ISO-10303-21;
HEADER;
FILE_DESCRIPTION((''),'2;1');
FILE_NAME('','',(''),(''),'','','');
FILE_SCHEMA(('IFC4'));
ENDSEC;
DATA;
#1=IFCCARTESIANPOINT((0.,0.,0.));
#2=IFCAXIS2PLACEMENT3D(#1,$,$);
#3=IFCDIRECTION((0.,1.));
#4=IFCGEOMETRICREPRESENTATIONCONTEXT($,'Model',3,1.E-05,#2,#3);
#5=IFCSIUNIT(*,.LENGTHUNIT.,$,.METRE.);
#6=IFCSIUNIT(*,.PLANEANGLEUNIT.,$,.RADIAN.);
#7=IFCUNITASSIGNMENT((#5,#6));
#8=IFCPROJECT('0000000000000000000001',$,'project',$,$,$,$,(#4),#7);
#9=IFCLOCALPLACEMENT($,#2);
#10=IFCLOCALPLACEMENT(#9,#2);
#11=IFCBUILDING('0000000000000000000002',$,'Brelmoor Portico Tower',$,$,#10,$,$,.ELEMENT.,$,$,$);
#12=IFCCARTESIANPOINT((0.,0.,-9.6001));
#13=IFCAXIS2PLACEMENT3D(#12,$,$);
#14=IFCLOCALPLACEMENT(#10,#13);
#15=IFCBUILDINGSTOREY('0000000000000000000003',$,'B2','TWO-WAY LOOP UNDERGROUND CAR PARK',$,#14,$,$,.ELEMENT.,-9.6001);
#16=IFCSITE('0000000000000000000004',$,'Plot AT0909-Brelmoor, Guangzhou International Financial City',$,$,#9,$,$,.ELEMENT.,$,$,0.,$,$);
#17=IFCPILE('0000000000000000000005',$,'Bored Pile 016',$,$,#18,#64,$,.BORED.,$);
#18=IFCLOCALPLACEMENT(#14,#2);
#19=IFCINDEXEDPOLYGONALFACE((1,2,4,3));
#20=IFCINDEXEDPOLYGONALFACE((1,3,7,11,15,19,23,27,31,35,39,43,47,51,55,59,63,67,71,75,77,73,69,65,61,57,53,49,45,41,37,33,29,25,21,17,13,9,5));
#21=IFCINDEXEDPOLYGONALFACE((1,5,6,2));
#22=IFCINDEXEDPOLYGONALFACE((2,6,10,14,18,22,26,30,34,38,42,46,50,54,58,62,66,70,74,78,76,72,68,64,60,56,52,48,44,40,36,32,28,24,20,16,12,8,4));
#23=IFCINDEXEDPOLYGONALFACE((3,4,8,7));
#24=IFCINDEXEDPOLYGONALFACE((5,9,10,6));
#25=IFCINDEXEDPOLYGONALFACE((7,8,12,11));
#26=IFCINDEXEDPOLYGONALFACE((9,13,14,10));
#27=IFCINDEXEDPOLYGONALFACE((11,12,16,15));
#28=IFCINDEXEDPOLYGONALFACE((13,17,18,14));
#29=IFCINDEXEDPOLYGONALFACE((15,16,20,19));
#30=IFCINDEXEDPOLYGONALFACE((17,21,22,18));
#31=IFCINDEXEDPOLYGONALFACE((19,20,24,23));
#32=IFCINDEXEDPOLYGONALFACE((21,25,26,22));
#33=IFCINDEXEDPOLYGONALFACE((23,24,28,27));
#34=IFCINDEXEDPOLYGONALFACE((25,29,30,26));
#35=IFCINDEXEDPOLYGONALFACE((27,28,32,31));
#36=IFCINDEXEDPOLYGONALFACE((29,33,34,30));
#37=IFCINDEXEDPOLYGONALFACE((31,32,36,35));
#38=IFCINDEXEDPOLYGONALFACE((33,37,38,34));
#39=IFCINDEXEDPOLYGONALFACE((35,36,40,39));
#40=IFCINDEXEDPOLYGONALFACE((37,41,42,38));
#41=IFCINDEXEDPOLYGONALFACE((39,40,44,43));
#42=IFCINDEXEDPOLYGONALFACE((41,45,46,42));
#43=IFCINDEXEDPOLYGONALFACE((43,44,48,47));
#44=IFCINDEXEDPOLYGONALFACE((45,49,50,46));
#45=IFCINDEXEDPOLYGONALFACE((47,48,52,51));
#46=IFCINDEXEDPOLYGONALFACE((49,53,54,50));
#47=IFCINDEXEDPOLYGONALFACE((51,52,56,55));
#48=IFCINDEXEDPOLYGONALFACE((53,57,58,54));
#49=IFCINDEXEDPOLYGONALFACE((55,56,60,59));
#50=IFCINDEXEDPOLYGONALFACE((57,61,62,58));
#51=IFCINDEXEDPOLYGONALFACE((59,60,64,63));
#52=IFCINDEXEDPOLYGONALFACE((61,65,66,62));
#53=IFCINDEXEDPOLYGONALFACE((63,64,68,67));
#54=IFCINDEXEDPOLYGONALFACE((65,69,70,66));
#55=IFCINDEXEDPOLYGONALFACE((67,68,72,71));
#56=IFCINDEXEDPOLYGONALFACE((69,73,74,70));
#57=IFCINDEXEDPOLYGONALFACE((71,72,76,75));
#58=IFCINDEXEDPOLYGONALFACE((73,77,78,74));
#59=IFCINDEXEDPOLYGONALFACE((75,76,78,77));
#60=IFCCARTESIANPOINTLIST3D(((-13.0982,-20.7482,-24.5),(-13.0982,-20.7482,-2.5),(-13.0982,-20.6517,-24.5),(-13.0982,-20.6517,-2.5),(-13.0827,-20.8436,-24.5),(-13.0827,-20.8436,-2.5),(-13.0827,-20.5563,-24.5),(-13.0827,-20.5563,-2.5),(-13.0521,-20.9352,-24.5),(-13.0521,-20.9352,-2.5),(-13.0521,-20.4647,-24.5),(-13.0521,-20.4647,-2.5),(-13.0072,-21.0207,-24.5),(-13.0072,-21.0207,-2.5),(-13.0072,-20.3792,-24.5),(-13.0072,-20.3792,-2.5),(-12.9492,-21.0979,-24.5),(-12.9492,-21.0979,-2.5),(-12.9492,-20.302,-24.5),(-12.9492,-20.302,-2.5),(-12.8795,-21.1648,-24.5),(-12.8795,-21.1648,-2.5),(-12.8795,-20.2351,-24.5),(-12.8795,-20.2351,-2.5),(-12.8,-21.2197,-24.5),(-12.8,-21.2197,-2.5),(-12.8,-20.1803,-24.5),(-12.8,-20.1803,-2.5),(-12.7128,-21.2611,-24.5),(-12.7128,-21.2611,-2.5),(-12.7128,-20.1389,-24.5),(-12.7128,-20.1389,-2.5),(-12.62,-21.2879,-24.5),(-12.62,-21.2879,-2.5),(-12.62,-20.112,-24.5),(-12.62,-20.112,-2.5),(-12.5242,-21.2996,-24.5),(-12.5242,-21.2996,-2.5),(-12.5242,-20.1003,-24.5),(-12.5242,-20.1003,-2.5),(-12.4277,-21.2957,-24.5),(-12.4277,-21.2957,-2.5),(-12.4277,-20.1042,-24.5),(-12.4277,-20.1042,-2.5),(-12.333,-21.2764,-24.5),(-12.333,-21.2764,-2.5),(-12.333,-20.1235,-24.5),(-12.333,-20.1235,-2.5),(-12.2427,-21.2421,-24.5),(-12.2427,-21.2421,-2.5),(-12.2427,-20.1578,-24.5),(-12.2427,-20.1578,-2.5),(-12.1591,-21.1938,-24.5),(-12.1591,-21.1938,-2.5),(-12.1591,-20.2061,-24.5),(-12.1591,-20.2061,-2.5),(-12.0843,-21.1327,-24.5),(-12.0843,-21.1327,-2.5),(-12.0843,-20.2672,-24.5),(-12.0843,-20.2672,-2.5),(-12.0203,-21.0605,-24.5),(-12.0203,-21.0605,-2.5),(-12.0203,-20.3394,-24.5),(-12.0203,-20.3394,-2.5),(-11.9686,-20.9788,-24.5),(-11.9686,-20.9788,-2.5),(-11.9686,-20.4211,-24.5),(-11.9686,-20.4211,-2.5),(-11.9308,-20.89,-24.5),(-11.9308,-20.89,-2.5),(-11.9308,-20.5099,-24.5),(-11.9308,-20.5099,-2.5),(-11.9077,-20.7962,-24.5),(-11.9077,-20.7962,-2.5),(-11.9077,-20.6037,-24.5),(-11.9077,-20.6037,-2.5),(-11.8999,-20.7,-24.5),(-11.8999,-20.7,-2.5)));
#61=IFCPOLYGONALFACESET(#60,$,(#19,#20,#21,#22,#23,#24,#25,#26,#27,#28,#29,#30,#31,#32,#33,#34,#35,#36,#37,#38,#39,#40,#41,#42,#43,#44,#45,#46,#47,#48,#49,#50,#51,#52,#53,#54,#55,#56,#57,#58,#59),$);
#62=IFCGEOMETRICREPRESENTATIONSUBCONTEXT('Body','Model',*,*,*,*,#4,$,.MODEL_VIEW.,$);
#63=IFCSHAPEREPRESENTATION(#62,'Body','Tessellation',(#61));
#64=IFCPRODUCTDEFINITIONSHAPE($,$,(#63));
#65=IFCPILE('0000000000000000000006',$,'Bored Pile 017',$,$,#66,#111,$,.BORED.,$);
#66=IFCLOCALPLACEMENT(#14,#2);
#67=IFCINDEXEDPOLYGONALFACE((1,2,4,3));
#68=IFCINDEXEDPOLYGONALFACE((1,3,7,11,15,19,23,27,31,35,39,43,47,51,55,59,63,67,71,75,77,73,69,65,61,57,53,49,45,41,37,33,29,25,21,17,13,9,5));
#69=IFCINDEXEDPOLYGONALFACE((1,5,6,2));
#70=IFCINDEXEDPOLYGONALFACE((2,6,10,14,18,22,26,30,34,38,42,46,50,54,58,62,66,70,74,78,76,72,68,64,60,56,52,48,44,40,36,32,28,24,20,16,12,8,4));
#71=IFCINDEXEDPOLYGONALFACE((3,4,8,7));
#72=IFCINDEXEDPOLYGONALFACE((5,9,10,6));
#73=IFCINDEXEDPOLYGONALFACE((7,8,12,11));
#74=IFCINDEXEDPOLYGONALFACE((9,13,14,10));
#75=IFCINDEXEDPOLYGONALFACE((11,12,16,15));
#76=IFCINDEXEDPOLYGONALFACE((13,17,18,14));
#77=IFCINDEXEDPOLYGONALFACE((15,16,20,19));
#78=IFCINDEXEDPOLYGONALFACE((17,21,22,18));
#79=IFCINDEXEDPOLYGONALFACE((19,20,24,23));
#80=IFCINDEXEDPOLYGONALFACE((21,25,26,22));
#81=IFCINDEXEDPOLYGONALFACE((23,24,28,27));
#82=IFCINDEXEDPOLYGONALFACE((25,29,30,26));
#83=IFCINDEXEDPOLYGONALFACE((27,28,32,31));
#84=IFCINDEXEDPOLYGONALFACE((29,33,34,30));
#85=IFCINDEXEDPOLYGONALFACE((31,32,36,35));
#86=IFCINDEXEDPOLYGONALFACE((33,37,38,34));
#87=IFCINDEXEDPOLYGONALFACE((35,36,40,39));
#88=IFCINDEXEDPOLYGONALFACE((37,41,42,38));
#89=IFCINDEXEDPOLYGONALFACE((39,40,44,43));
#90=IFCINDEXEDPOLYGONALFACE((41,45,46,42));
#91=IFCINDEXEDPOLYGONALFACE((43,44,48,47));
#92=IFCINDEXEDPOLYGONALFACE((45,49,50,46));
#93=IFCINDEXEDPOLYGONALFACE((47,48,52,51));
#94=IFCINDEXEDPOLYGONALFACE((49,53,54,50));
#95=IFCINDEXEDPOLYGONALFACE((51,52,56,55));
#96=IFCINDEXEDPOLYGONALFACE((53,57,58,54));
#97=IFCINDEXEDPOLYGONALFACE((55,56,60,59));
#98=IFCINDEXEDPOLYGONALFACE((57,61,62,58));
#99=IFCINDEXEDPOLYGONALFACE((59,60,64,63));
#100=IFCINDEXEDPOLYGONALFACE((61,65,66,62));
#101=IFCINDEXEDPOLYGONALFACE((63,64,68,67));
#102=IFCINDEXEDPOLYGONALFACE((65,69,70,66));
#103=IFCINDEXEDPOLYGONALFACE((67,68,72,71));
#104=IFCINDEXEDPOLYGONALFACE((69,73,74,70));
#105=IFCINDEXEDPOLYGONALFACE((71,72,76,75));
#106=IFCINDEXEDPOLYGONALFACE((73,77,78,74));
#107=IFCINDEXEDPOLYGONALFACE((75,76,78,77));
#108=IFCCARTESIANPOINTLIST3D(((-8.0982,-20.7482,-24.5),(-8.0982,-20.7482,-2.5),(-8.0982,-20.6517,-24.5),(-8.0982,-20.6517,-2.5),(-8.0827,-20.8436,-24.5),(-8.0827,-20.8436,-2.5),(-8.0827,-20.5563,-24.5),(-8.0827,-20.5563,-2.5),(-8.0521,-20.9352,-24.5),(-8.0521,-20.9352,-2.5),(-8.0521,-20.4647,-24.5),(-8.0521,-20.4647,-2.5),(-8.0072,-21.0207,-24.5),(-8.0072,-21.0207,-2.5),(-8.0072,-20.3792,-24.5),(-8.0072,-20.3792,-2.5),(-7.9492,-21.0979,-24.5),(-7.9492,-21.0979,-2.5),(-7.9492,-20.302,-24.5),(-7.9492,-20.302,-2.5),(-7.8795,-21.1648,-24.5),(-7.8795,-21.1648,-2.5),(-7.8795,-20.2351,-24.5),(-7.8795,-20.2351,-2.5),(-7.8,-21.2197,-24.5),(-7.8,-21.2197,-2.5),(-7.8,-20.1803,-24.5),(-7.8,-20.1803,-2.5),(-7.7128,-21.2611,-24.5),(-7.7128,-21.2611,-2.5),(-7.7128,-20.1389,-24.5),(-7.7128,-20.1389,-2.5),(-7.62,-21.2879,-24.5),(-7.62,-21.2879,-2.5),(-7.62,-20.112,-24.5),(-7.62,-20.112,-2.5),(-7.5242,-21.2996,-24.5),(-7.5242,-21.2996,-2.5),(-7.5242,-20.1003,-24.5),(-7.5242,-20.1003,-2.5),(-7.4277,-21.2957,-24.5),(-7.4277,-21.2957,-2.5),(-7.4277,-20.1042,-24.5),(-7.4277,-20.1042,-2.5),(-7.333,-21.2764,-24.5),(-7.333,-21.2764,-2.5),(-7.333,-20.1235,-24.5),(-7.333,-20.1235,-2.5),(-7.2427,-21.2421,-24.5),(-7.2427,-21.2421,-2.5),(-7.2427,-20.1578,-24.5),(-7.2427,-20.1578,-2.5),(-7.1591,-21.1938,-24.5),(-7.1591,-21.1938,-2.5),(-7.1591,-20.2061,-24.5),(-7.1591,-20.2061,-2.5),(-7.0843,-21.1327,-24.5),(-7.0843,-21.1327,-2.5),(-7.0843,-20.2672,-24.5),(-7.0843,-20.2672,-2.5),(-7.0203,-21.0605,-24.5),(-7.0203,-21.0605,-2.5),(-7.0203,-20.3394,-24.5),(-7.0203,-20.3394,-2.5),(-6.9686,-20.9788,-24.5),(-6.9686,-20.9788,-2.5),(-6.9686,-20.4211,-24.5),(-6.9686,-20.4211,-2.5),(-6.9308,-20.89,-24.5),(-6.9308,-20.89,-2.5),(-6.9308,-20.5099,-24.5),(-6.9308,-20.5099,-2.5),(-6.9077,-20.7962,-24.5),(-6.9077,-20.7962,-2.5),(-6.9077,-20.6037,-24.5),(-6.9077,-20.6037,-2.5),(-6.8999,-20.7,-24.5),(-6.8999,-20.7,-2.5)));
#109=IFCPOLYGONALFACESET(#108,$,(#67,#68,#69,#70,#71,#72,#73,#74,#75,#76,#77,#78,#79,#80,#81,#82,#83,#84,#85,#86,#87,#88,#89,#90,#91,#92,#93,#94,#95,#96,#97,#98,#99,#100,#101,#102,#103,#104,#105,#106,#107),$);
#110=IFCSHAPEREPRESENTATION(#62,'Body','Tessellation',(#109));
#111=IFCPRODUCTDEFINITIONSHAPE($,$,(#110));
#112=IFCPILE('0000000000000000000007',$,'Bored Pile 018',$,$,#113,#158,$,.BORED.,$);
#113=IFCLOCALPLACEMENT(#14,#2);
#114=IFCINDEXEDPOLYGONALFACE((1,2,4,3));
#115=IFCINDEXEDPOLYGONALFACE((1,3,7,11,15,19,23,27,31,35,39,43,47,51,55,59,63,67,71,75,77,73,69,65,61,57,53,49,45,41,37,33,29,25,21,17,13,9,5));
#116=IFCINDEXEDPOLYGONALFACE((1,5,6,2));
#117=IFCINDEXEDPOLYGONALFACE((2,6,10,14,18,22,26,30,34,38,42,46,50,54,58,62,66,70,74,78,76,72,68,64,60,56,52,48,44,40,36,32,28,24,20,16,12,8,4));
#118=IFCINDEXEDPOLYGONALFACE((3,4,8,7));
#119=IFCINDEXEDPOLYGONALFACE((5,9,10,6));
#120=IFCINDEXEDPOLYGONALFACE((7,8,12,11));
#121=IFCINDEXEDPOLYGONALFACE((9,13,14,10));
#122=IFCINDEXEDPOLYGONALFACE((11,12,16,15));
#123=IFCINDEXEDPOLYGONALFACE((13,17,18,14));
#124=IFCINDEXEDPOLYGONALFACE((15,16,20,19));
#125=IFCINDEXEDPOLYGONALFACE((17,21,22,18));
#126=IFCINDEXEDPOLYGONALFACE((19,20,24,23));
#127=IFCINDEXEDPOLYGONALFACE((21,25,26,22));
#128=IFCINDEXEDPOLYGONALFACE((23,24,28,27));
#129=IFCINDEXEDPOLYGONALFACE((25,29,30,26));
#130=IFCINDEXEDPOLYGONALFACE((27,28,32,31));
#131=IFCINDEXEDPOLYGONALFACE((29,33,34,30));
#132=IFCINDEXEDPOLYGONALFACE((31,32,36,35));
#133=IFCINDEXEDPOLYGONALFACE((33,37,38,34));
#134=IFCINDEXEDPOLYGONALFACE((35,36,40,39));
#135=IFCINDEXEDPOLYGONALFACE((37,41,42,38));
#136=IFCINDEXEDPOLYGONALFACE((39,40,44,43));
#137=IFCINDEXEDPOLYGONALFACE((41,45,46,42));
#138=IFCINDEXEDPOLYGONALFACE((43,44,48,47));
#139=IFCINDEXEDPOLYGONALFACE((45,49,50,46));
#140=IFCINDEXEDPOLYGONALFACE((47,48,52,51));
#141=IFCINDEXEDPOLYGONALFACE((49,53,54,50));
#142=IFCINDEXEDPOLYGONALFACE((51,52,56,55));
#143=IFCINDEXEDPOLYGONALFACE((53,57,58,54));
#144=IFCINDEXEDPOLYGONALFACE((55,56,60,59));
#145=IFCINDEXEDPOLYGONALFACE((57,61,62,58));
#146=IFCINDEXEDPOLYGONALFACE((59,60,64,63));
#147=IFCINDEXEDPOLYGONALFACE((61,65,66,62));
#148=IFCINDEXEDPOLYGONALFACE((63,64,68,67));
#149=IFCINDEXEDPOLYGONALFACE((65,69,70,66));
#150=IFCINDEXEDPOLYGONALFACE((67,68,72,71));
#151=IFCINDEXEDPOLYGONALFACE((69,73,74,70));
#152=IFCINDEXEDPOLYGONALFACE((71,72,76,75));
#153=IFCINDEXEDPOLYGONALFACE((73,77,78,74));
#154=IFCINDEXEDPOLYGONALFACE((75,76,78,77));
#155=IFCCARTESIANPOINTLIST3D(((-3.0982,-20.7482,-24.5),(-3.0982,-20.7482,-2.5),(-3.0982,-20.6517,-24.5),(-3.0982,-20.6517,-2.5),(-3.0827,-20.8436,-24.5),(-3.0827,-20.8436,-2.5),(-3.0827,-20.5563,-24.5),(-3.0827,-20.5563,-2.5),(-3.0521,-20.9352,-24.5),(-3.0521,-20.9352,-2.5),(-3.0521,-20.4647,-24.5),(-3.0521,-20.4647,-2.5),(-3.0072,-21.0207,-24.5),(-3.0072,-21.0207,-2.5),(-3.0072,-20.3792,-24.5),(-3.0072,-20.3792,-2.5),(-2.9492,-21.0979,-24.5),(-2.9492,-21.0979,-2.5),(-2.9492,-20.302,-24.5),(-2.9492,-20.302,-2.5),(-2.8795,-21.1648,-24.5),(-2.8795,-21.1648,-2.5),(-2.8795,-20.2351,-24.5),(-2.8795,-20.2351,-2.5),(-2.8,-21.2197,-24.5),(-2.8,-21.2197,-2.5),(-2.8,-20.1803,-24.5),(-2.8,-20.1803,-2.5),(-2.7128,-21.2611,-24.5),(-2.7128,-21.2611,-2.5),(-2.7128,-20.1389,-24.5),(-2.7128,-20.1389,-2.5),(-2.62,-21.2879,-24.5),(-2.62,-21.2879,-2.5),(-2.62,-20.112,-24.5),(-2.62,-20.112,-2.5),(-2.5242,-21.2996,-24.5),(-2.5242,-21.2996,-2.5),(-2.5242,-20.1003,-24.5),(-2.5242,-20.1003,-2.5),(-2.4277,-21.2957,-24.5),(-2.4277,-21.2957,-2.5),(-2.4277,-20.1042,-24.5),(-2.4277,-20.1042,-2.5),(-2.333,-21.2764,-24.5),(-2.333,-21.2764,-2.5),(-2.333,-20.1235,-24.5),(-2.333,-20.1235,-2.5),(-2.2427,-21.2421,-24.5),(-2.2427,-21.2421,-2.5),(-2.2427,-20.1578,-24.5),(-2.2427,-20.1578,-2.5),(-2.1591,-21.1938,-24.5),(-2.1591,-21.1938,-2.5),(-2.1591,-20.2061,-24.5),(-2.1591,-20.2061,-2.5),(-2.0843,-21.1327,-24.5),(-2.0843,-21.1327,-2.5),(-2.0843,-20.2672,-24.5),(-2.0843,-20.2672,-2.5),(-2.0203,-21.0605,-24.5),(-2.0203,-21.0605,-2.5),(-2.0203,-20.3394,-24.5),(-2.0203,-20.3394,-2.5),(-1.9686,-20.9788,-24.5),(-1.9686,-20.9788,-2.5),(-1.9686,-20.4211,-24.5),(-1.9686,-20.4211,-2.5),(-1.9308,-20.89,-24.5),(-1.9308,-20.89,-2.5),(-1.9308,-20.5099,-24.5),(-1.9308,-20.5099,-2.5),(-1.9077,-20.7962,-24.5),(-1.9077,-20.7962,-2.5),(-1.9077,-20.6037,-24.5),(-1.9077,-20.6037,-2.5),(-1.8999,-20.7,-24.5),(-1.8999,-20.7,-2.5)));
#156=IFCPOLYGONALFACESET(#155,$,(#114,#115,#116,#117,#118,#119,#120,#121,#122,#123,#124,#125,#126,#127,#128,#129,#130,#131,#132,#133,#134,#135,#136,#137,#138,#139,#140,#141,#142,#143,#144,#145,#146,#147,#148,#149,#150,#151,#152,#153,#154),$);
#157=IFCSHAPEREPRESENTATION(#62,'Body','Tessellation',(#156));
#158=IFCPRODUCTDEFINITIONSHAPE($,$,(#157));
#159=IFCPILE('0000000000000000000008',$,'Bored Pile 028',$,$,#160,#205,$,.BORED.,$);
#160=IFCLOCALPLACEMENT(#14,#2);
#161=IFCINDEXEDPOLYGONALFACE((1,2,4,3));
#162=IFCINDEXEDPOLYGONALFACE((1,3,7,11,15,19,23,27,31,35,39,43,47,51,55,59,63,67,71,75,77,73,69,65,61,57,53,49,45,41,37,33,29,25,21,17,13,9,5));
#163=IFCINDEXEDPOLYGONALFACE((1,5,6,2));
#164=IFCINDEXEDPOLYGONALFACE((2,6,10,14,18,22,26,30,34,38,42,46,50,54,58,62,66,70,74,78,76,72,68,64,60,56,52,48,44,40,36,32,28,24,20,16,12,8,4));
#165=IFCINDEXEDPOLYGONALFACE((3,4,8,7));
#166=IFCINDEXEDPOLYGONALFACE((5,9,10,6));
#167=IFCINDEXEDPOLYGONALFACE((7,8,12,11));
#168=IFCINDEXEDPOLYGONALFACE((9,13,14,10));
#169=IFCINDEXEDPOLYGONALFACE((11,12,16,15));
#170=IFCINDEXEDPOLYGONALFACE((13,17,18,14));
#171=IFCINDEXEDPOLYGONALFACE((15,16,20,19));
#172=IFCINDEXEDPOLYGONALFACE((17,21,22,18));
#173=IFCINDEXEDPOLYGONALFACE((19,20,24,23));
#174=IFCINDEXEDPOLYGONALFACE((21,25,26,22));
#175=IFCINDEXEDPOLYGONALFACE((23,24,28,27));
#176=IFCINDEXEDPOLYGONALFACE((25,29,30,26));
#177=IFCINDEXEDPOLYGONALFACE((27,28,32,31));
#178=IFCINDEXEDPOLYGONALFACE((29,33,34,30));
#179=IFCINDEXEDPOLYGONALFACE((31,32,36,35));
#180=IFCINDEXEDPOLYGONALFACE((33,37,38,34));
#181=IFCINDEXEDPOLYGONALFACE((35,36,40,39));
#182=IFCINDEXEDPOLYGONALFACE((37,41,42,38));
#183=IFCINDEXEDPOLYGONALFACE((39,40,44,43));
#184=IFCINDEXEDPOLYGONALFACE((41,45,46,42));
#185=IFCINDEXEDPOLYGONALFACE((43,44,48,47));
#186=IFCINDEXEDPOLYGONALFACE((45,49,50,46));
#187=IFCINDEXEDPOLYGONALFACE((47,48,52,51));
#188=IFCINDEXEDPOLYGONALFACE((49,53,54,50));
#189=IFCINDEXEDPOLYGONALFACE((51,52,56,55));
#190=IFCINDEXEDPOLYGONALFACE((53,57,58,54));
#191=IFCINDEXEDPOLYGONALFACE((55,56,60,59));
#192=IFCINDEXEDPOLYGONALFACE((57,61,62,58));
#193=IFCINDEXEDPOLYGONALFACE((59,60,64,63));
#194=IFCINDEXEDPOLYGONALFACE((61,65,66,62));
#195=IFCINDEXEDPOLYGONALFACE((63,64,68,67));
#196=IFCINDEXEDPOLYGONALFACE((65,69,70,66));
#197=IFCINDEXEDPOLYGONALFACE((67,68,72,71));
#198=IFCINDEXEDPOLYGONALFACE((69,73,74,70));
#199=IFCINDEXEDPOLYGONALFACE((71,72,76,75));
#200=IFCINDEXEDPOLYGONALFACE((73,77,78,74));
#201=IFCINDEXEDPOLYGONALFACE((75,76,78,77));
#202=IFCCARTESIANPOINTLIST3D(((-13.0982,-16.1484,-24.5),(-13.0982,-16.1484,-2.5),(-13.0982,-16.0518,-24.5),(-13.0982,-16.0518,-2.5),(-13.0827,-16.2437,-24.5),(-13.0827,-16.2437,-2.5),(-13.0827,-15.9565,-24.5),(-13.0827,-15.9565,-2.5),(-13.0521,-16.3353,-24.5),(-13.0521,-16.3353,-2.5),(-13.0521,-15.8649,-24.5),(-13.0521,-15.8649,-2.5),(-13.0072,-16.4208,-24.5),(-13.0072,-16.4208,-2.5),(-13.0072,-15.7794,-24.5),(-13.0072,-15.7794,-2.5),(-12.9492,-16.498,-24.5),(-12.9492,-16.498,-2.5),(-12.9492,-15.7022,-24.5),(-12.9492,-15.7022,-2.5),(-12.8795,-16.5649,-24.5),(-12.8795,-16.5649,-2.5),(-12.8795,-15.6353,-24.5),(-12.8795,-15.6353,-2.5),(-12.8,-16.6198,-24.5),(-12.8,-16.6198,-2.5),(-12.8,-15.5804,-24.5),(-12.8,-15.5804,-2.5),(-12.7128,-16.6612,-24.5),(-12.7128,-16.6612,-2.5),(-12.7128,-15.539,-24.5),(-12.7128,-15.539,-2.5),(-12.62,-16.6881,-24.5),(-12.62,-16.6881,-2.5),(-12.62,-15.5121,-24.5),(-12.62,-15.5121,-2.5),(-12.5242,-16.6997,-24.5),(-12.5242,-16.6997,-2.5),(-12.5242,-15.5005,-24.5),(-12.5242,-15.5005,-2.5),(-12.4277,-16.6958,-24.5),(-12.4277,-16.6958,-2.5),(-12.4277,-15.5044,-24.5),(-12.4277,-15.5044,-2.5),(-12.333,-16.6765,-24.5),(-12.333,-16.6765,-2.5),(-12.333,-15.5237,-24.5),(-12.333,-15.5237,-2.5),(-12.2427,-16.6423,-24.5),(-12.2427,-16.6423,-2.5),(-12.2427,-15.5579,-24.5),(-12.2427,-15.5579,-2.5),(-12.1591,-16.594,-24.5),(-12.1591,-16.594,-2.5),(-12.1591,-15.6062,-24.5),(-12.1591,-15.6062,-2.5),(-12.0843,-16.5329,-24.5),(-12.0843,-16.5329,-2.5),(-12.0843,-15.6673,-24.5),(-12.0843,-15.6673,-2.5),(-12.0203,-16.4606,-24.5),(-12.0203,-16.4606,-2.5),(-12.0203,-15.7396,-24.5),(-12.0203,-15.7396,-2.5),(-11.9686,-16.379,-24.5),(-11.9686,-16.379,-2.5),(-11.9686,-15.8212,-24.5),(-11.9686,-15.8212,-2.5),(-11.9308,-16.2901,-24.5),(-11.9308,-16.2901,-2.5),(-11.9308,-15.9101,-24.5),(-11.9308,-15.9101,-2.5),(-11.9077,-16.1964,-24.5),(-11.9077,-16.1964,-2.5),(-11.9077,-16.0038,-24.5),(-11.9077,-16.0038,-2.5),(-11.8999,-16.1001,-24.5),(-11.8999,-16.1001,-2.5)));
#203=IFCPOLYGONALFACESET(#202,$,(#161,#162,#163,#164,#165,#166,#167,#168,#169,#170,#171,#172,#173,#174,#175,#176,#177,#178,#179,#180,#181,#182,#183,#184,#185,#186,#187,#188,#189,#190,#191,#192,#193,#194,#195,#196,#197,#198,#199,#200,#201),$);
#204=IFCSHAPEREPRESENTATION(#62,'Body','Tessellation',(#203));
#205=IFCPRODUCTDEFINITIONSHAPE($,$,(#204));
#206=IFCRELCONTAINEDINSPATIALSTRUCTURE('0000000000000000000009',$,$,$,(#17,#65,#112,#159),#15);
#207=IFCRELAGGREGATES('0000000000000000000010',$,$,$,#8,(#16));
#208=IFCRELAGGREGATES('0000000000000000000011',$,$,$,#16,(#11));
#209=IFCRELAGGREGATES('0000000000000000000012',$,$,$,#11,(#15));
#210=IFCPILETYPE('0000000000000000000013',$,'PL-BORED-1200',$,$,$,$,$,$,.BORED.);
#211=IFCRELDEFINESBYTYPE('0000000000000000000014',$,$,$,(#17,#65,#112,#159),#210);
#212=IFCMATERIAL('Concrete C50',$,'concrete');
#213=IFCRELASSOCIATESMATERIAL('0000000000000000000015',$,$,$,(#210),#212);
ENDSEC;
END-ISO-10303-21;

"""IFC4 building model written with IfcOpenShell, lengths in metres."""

from ifc_helpers import new_model, si_unit, direction, frame, origin, origin_2d, place, context, subcontext, project, spatial, circle, extrude, material, material_profile, profile_set, type_object, element, save


model = new_model("IFC4")

# Units and contexts
model_context = context("Model", 3, precision=1e-05, world=origin(), true_north=direction((0.0, 1.0)))
body_context = subcontext(model_context, "Body", "Model", "MODEL_VIEW")
ifc_project = project(units=[si_unit("LENGTHUNIT", "METRE"), si_unit("PLANEANGLEUNIT", "RADIAN")], contexts=[model_context])

# Site, building, storey
site_placement = place(None, origin())
site = spatial("IfcSite", under=ifc_project, at=site_placement, Name="Plot AT0909-Brelmoor, Guangzhou International Financial City", CompositionType="ELEMENT", RefElevation=0.0)
building_placement = place(site_placement, origin())
building = spatial("IfcBuilding", under=site, at=building_placement, Name="Brelmoor Portico Tower", CompositionType="ELEMENT")
storey_placement = place(building_placement, frame((0.0, 0.0, -9.6001)))
storey = spatial("IfcBuildingStorey", under=building, at=storey_placement, Name="B2", Description="TWO-WAY LOOP UNDERGROUND CAR PARK", CompositionType="ELEMENT", Elevation=-9.6001)

# Shared definitions
ifc_material_1 = material(Name="Concrete C50", Category="concrete")

# Piles
ifc_material_profile_1 = material_profile(ifc_material_1, circle(Radius=0.6001, at=origin_2d()), Name="BORED PILE D1200")
ifc_profile_set_1 = profile_set([ifc_material_profile_1], Name="Concrete C50")
pile_type_1 = type_object("IfcPileType", Name="PL-BORED-1200", PredefinedType="BORED", material=ifc_profile_set_1)
for number, where, z_axis, x_axis, name in (
    (1, (-12.5, -20.7, -2.5), (0.0, 0.0, -1.0), (1.0, 0.0, 0.0), "Bored Pile 016"),
    (2, (-7.5, -20.7, -2.5), (0.0, 0.0, -1.0), (1.0, 0.0, 0.0), "Bored Pile 017"),
    (3, (-2.5, -20.7, -2.5), (0.0, 0.0, -1.0), (1.0, 0.0, 0.0), "Bored Pile 018"),
    (4, (-12.5, -16.1001, -2.5), (0.0, 0.0, -1.0), (1.0, 0.0, 0.0), "Bored Pile 028"),
):
    element("IfcPile", number, at=place(storey_placement, frame(where, z_axis=z_axis, x_axis=x_axis)), inside=storey, type_object=pile_type_1, Name=name, PredefinedType="BORED", context=body_context, shape_type="SweptSolid", body=[
        extrude(circle(Radius=0.6001, at=origin_2d()), origin(), (0.0, 0.0, 1.0), 22.0),
    ])

save(model, "model.ifc")
